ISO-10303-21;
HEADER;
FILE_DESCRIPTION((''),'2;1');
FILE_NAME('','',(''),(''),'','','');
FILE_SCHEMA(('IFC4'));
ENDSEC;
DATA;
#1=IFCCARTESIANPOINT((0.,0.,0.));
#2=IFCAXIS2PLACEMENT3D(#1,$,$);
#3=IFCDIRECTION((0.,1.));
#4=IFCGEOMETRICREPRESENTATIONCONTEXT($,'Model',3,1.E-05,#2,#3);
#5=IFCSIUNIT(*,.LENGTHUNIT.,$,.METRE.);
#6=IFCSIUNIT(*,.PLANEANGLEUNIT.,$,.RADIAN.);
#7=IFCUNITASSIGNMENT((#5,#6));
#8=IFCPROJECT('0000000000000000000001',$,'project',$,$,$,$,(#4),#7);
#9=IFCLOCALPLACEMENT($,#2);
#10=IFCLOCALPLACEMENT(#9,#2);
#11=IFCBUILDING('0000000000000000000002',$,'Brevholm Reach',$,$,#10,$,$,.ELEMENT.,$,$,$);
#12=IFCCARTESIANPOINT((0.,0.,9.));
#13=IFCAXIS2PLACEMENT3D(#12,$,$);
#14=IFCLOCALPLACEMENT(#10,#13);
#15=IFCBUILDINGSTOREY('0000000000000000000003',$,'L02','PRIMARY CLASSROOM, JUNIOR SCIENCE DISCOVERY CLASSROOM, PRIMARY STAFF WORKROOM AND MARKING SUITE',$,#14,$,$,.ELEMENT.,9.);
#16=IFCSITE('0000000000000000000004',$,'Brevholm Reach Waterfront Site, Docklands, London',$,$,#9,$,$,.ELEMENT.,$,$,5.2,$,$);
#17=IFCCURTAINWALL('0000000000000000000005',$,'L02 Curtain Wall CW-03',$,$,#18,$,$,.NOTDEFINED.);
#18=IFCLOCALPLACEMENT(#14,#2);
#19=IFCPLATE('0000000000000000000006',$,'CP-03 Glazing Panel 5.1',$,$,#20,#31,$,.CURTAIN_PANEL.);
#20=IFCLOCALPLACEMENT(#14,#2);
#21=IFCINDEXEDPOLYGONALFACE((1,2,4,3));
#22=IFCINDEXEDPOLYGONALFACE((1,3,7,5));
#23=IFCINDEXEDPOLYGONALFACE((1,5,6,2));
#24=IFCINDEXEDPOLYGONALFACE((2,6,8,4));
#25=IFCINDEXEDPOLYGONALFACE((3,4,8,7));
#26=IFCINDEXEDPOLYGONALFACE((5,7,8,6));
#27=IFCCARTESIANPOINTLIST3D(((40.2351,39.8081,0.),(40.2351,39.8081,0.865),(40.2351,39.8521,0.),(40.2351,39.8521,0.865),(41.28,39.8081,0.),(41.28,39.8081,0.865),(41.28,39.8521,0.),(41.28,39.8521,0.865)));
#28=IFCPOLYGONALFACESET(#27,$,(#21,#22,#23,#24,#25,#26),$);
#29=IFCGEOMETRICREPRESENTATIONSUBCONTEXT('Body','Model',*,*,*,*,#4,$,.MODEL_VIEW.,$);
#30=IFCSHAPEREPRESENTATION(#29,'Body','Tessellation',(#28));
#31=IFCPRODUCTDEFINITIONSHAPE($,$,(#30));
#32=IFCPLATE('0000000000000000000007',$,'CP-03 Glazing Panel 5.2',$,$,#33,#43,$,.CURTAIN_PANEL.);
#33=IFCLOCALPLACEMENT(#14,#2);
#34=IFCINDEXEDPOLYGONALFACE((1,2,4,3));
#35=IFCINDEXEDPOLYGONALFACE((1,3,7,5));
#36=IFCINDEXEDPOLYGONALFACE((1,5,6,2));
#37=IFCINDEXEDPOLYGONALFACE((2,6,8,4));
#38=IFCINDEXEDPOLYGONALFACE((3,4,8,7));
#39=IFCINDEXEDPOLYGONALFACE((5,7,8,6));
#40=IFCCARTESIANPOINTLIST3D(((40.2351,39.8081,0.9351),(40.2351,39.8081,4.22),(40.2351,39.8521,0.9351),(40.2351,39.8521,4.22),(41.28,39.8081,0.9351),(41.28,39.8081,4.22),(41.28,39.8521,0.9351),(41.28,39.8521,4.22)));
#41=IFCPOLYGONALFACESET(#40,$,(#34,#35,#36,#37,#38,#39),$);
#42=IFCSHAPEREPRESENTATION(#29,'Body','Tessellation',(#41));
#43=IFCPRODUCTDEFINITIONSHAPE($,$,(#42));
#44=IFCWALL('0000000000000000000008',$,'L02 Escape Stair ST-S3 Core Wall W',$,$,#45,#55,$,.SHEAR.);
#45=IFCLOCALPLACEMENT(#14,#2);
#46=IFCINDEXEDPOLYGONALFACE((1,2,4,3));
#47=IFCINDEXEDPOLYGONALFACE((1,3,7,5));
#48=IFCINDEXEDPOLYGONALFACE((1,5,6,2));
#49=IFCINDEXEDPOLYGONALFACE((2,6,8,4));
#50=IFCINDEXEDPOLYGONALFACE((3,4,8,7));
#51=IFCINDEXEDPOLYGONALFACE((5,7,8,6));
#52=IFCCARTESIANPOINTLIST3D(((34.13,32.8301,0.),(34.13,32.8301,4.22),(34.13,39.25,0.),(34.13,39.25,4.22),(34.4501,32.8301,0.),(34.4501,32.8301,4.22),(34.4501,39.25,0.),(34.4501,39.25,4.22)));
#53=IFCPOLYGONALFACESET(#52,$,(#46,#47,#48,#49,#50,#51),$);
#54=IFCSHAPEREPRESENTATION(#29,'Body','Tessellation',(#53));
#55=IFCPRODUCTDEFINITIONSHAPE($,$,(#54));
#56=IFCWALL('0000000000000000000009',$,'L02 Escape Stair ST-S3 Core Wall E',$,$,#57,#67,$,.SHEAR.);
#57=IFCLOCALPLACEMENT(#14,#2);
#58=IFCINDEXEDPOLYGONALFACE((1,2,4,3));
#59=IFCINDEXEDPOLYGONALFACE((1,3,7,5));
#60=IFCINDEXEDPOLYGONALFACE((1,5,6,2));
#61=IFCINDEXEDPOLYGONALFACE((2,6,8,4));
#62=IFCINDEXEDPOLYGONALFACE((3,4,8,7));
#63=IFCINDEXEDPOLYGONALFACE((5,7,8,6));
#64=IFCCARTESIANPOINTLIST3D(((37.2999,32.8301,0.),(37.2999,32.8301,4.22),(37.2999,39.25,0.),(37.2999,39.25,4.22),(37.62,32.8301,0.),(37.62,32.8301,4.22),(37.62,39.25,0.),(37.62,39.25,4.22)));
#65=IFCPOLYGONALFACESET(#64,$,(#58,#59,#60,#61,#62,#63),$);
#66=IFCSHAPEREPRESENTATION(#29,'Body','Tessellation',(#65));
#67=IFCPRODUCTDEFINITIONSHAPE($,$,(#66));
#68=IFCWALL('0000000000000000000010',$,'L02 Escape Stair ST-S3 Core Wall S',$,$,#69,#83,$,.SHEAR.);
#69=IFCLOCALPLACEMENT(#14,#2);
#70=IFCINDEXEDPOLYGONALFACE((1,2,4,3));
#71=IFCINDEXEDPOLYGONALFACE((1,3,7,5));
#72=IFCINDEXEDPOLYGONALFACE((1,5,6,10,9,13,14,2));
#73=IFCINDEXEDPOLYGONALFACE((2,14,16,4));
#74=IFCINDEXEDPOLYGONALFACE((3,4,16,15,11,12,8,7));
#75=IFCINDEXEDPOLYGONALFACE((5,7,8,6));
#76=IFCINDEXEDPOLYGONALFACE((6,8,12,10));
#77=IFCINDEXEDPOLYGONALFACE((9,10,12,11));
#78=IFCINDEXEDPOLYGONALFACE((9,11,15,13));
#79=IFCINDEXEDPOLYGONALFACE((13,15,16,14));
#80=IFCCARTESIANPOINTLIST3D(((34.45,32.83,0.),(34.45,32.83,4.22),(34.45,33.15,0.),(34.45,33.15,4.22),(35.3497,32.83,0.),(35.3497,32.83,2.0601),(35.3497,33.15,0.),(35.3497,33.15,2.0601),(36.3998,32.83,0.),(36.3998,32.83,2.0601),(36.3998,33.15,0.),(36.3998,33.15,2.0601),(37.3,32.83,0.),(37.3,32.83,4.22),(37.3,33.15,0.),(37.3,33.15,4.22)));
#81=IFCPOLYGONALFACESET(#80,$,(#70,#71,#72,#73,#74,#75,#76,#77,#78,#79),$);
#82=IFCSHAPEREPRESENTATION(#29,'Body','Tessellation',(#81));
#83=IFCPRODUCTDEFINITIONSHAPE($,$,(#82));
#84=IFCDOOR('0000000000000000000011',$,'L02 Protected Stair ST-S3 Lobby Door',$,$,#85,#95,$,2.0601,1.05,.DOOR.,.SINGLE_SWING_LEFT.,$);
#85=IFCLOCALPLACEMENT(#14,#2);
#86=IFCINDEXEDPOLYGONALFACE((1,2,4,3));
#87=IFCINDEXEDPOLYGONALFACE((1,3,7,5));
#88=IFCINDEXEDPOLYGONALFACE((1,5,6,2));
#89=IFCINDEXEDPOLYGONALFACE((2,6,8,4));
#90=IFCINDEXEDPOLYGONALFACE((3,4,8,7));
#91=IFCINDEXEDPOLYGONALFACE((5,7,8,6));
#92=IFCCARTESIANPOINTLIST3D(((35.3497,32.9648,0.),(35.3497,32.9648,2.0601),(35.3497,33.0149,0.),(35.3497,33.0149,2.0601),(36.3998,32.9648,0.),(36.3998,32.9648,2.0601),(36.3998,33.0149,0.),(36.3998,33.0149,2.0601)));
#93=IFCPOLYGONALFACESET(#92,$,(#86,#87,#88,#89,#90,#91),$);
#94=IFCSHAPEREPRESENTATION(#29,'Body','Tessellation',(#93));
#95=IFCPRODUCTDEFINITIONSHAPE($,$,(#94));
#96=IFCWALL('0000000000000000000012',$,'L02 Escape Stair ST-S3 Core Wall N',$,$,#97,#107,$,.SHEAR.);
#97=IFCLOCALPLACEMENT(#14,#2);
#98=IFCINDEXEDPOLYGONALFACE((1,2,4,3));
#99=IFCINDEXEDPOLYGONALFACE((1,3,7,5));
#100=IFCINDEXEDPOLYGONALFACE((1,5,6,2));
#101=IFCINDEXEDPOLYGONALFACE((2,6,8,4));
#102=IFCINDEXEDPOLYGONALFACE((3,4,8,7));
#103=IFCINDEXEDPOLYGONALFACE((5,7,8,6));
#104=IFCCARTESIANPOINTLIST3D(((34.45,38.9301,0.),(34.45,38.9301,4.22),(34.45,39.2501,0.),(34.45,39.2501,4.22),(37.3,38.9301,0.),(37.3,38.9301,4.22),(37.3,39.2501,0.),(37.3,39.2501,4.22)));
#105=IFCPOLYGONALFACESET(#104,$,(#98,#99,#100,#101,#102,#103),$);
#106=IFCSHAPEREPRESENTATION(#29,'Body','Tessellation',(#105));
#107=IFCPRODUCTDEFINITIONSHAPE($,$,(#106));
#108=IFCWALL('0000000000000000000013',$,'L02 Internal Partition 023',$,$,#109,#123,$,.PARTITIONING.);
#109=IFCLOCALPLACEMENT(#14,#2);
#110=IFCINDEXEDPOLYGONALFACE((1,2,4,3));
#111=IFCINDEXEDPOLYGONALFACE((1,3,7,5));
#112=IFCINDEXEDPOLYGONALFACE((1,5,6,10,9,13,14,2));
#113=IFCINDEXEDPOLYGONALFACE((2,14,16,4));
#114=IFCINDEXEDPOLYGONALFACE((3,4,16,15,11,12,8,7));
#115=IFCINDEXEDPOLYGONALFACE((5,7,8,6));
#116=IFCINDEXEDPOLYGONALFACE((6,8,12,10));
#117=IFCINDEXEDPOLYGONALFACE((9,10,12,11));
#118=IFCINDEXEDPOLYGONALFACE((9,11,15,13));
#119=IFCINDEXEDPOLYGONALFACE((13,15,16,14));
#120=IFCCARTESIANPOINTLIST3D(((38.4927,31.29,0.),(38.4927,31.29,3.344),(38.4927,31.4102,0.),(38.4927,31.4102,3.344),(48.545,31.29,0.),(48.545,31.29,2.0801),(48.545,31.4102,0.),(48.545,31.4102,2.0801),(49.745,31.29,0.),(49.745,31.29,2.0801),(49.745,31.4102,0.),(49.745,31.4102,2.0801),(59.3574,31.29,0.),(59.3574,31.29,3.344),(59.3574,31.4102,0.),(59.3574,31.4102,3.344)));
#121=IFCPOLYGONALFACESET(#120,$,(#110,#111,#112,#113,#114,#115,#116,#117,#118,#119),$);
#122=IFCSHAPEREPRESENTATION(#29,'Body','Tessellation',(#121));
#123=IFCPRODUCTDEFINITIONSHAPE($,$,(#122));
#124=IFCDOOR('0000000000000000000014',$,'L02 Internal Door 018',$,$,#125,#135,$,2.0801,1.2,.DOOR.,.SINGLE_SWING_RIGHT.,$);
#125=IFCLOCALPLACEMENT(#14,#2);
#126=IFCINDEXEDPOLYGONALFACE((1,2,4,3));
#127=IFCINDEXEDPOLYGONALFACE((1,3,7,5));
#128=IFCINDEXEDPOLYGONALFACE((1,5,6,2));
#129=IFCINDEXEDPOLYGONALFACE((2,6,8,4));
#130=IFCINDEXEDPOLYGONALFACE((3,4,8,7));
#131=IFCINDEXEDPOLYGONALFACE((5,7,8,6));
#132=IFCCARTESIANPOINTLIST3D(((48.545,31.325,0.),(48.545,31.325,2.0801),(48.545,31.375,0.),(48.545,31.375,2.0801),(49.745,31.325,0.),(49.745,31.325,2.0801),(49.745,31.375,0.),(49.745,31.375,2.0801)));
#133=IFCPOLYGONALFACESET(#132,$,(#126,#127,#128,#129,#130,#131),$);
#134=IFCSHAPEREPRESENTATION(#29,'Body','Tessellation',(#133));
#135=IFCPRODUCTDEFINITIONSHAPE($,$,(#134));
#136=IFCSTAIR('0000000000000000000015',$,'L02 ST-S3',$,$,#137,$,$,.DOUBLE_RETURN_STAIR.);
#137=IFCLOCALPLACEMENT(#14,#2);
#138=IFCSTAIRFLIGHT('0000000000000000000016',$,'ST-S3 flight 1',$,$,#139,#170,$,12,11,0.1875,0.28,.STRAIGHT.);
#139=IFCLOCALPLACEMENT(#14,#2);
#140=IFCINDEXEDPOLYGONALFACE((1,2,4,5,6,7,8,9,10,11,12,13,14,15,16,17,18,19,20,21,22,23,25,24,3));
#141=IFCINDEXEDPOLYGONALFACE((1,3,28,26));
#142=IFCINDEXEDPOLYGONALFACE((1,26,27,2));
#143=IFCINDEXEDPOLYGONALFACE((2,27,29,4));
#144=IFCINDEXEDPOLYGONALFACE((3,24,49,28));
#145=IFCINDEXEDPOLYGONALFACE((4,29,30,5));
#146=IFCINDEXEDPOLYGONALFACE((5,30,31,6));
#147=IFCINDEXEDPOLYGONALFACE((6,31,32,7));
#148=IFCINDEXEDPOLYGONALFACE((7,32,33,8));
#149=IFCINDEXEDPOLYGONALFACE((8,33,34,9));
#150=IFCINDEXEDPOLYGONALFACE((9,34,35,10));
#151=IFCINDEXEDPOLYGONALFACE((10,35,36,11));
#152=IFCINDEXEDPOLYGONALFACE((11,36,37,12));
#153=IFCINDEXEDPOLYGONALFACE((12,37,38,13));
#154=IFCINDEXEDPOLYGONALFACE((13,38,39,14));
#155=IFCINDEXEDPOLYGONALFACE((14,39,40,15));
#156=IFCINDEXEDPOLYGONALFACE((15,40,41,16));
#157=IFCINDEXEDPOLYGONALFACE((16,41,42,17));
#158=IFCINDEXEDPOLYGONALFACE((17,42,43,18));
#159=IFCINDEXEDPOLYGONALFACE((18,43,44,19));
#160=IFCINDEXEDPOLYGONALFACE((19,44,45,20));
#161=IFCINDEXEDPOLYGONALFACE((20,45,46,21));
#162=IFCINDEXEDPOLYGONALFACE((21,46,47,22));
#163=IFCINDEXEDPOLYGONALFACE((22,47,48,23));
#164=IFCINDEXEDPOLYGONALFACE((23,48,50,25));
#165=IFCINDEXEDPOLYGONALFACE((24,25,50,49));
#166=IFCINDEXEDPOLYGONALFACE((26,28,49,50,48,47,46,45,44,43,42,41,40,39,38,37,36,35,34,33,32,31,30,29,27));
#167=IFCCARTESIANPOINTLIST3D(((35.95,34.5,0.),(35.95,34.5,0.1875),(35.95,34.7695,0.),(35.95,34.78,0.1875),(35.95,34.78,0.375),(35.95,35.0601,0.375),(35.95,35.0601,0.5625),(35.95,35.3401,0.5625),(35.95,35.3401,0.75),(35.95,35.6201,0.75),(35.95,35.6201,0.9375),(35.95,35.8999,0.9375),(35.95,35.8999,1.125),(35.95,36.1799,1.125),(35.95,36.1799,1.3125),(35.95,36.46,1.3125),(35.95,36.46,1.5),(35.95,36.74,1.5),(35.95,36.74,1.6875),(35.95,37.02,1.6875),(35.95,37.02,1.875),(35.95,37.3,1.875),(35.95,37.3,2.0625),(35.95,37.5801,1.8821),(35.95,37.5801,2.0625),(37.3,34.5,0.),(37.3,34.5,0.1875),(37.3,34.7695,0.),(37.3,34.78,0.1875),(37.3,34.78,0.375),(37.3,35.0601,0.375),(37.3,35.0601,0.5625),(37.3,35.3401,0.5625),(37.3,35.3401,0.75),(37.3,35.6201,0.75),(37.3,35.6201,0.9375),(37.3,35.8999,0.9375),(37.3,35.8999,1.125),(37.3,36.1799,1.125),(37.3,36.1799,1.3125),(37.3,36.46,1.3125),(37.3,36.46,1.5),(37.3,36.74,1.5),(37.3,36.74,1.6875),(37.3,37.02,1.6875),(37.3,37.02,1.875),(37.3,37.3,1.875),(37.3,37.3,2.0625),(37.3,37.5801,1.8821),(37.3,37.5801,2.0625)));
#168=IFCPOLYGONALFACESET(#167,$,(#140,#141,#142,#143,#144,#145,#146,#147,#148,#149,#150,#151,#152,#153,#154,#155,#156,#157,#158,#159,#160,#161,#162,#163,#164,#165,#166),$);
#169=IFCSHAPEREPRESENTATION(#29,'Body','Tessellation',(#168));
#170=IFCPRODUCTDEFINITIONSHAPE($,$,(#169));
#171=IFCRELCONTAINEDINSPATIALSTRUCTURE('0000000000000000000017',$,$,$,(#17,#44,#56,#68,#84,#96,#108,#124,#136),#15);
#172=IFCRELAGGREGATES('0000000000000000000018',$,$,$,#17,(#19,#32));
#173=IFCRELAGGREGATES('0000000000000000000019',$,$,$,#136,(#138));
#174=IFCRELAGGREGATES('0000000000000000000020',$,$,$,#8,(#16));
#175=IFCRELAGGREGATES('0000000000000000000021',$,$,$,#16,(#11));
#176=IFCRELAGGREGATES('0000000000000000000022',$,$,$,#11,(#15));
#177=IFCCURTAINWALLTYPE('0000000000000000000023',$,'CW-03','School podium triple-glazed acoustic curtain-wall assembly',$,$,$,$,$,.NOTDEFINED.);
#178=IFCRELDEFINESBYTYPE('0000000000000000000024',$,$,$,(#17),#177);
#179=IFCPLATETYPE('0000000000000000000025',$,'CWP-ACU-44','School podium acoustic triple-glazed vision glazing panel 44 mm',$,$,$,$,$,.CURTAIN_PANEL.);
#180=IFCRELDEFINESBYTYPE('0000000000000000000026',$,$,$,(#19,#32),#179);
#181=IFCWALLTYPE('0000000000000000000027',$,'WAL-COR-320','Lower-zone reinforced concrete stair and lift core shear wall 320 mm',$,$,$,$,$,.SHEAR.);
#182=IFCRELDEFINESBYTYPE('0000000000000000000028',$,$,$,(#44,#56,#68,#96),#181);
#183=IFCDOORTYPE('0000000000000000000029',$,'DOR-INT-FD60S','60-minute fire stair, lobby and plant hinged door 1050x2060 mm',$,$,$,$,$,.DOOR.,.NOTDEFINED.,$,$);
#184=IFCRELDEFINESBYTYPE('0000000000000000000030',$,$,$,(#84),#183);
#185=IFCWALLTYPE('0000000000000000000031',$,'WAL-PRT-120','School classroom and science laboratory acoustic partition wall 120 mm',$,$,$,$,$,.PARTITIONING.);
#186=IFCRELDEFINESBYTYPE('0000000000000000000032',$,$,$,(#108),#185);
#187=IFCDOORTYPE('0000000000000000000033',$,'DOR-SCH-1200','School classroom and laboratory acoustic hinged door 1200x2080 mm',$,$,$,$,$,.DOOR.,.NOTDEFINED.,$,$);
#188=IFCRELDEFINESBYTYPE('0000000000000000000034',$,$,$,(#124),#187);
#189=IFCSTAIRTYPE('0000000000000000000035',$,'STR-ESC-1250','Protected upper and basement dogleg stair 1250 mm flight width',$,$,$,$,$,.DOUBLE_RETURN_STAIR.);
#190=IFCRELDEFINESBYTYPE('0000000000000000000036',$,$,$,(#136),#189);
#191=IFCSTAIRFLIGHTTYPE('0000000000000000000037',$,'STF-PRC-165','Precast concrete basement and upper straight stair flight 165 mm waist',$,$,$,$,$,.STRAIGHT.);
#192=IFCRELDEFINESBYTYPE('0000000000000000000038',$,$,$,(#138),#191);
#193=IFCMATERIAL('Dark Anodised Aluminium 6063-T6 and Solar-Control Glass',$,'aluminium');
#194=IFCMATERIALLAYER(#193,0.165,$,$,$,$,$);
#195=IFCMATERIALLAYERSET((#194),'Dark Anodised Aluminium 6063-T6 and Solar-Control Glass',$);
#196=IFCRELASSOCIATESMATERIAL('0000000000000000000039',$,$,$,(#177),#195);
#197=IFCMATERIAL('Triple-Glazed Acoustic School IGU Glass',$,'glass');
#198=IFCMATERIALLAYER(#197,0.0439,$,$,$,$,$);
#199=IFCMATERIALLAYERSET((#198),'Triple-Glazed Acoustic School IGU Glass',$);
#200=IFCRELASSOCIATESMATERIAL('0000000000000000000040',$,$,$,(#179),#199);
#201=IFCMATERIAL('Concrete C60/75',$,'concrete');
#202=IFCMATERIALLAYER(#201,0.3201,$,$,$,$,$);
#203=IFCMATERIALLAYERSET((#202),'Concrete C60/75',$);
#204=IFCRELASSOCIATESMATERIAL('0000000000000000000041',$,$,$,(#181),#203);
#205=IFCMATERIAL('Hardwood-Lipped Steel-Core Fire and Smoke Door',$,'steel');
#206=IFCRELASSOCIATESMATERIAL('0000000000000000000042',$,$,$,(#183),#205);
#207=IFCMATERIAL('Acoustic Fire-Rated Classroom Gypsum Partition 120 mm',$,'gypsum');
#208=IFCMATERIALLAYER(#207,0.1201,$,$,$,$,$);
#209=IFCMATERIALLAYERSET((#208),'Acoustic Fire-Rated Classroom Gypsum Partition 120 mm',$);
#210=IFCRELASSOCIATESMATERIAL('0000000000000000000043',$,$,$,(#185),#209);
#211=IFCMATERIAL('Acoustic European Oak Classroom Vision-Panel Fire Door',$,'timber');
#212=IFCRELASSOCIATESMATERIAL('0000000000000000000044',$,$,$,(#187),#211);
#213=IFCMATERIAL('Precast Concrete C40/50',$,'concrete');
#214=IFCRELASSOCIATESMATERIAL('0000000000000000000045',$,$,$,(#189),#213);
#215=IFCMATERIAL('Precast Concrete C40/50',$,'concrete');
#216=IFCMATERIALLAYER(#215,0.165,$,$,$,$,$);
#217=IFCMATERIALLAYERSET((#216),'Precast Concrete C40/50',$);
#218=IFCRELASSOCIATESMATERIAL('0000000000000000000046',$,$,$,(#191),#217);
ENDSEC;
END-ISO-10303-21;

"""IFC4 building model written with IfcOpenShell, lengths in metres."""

from ifc_helpers import new_model, si_unit, direction, frame, frame_2d, origin, origin_2d, place, context, subcontext, project, spatial, polyline, rectangle, outline, extrude, material, layer, layer_set, type_object, element, fill, aggregate, save


model = new_model("IFC4")

# Units and contexts
model_context = context("Model", 3, precision=1e-05, world=origin(), true_north=direction((0.0, 1.0)))
body_context = subcontext(model_context, "Body", "Model", "MODEL_VIEW")
ifc_project = project(units=[si_unit("LENGTHUNIT", "METRE"), si_unit("PLANEANGLEUNIT", "RADIAN")], contexts=[model_context])

# Site, building, storey
site_placement = place(None, origin())
site = spatial("IfcSite", under=ifc_project, at=site_placement, Name="Brevholm Reach Waterfront Site, Docklands, London", CompositionType="ELEMENT", RefElevation=5.2)
building_placement = place(site_placement, origin())
building = spatial("IfcBuilding", under=site, at=building_placement, Name="Brevholm Reach", CompositionType="ELEMENT")
storey_placement = place(building_placement, frame((0.0, 0.0, 9.0)))
storey = spatial("IfcBuildingStorey", under=building, at=storey_placement, Name="L02", Description="PRIMARY CLASSROOM, JUNIOR SCIENCE DISCOVERY CLASSROOM, PRIMARY STAFF WORKROOM AND MARKING SUITE", CompositionType="ELEMENT", Elevation=9.0)

# Curtain wall, plates
ifc_material_1 = material(Name="Dark Anodised Aluminium 6063-T6 and Solar-Control Glass", Category="aluminium")
ifc_layer_1 = layer(ifc_material_1, 0.165)
ifc_layer_set_1 = layer_set([ifc_layer_1], Name="Dark Anodised Aluminium 6063-T6 and Solar-Control Glass")
curtain_wall_type = type_object("IfcCurtainWallType", Name="CW-03", Description="School podium triple-glazed acoustic curtain-wall assembly", PredefinedType="NOTDEFINED", material=ifc_layer_set_1)
curtain_wall_placement = place(storey_placement, origin())
curtain_wall = element("IfcCurtainWall", 1, at=curtain_wall_placement, inside=storey, type_object=curtain_wall_type, Name="L02 Curtain Wall CW-03", PredefinedType="NOTDEFINED")
ifc_material_2 = material(Name="Triple-Glazed Acoustic School IGU Glass", Category="glass")
ifc_layer_2 = layer(ifc_material_2, 0.0439)
ifc_layer_set_2 = layer_set([ifc_layer_2], Name="Triple-Glazed Acoustic School IGU Glass")
plate_type = type_object("IfcPlateType", Name="CWP-ACU-44", Description="School podium acoustic triple-glazed vision glazing panel 44 mm", PredefinedType="CURTAIN_PANEL", material=ifc_layer_set_2)
plate_1_placement = place(storey_placement, frame((40.7576, 39.8301, 0.0), z_axis=(0.0, 0.0, 1.0), x_axis=(1.0, 0.0, 0.0)))
plate_1 = element("IfcPlate", 2, at=plate_1_placement, type_object=plate_type, Name="CP-03 Glazing Panel 5.1", PredefinedType="CURTAIN_PANEL", context=body_context, shape_type="SweptSolid", body=[
    extrude(rectangle(XDim=1.0449, YDim=0.0439, at=origin_2d()), origin(), (0.0, 0.0, 1.0), 0.865),
])
plate_2_placement = place(storey_placement, frame((40.7576, 39.8301, 0.9351), z_axis=(0.0, 0.0, 1.0), x_axis=(1.0, 0.0, 0.0)))
plate_2 = element("IfcPlate", 3, at=plate_2_placement, type_object=plate_type, Name="CP-03 Glazing Panel 5.2", PredefinedType="CURTAIN_PANEL", context=body_context, shape_type="SweptSolid", body=[
    extrude(rectangle(XDim=1.0449, YDim=0.0439, at=origin_2d()), origin(), (0.0, 0.0, 1.0), 3.2849),
])
aggregate(curtain_wall, [plate_1, plate_2])

# Walls
ifc_material_3 = material(Name="Concrete C60/75", Category="concrete")
ifc_layer_3 = layer(ifc_material_3, 0.3201)
ifc_layer_set_3 = layer_set([ifc_layer_3], Name="Concrete C60/75")
wall_type_1 = type_object("IfcWallType", Name="WAL-COR-320", Description="Lower-zone reinforced concrete stair and lift core shear wall 320 mm", PredefinedType="SHEAR", material=ifc_layer_set_3)
for number, where, z_axis, x_axis, name in (
    (4, (34.29, 32.8301, 0.0), (0.0, 0.0, 1.0), (0.0, 1.0, 0.0), "L02 Escape Stair ST-S3 Core Wall W"),
    (5, (37.46, 32.8301, 0.0), (0.0, 0.0, 1.0), (0.0, 1.0, 0.0), "L02 Escape Stair ST-S3 Core Wall E"),
):
    element("IfcWall", number, at=place(storey_placement, frame(where, z_axis=z_axis, x_axis=x_axis)), inside=storey, type_object=wall_type_1, Name=name, PredefinedType="SHEAR", context=body_context, shape_type="SweptSolid", body=[
        extrude(rectangle(XDim=6.4199, YDim=0.3201, at=frame_2d((3.21, 0.0))), origin(), (0.0, 0.0, 1.0), 4.22),
    ])

# Wall, opening, door
wall_1_placement = place(storey_placement, frame((34.45, 32.99, 0.0), z_axis=(0.0, 0.0, 1.0), x_axis=(1.0, 0.0, 0.0)))
wall_1 = element("IfcWall", 6, at=wall_1_placement, inside=storey, type_object=wall_type_1, Name="L02 Escape Stair ST-S3 Core Wall S", PredefinedType="SHEAR", context=body_context, shape_type="SweptSolid", body=[
    extrude(rectangle(XDim=2.8501, YDim=0.3201, at=frame_2d((1.425, 0.0))), origin(), (0.0, 0.0, 1.0), 4.22),
])
opening_1_placement = place(wall_1_placement, frame((0.8999, 0.0, 0.0)))
opening_1 = element("IfcOpeningElement", 7, at=opening_1_placement, cuts=wall_1, PredefinedType="OPENING", context=body_context, shape_type="SweptSolid", body=[
    extrude(rectangle(XDim=1.05, YDim=2.0601, at=frame_2d((0.5249, 1.03))), frame((0.0, 0.1699, 0.0), z_axis=(0.0, -1.0, 0.0), x_axis=(1.0, 0.0, 0.0)), (0.0, 0.0, 1.0), 0.3401),
])
ifc_material_4 = material(Name="Hardwood-Lipped Steel-Core Fire and Smoke Door", Category="steel")
door_type_1 = type_object("IfcDoorType", Name="DOR-INT-FD60S", Description="60-minute fire stair, lobby and plant hinged door 1050x2060 mm", OperationType="NOTDEFINED", PredefinedType="DOOR", material=ifc_material_4)
door_1_placement = place(opening_1_placement, origin())
door_1 = element("IfcDoor", 8, at=door_1_placement, inside=storey, type_object=door_type_1, Name="L02 Protected Stair ST-S3 Lobby Door", OperationType="SINGLE_SWING_LEFT", OverallHeight=2.0601, OverallWidth=1.05, PredefinedType="DOOR", context=body_context, shape_type="SweptSolid", body=[
    extrude(rectangle(XDim=1.05, YDim=2.0601, at=frame_2d((0.5249, 1.03))), frame((0.0, 0.0249, 0.0), z_axis=(0.0, -1.0, 0.0), x_axis=(1.0, 0.0, 0.0)), (0.0, 0.0, 1.0), 0.05),
])
fill(opening_1, door_1)

# Wall
wall_2_placement = place(storey_placement, frame((37.3, 39.0901, 0.0), z_axis=(0.0, 0.0, 1.0), x_axis=(-1.0, 0.0, 0.0)))
element("IfcWall", 9, at=wall_2_placement, inside=storey, type_object=wall_type_1, Name="L02 Escape Stair ST-S3 Core Wall N", PredefinedType="SHEAR", context=body_context, shape_type="SweptSolid", body=[
    extrude(rectangle(XDim=2.8501, YDim=0.3201, at=frame_2d((1.425, 0.0))), origin(), (0.0, 0.0, 1.0), 4.22),
])

# Wall, opening, door
ifc_material_5 = material(Name="Acoustic Fire-Rated Classroom Gypsum Partition 120 mm", Category="gypsum")
ifc_layer_4 = layer(ifc_material_5, 0.1201)
ifc_layer_set_4 = layer_set([ifc_layer_4], Name="Acoustic Fire-Rated Classroom Gypsum Partition 120 mm")
wall_type_2 = type_object("IfcWallType", Name="WAL-PRT-120", Description="School classroom and science laboratory acoustic partition wall 120 mm", PredefinedType="PARTITIONING", material=ifc_layer_set_4)
wall_3_placement = place(storey_placement, frame((38.4927, 31.3501, 0.0), z_axis=(0.0, 0.0, 1.0), x_axis=(1.0, 0.0, 0.0)))
wall_3 = element("IfcWall", 10, at=wall_3_placement, inside=storey, type_object=wall_type_2, Name="L02 Internal Partition 023", PredefinedType="PARTITIONING", context=body_context, shape_type="SweptSolid", body=[
    extrude(rectangle(XDim=20.8647, YDim=0.1201, at=frame_2d((10.4324, 0.0))), origin(), (0.0, 0.0, 1.0), 3.344),
])
opening_2_placement = place(wall_3_placement, frame((10.0522, 0.0, 0.0)))
opening_2 = element("IfcOpeningElement", 11, at=opening_2_placement, cuts=wall_3, PredefinedType="OPENING", context=body_context, shape_type="SweptSolid", body=[
    extrude(rectangle(XDim=1.2, YDim=2.0801, at=frame_2d((0.6001, 1.04))), frame((0.0, 0.0701, 0.0), z_axis=(0.0, -1.0, 0.0), x_axis=(1.0, 0.0, 0.0)), (0.0, 0.0, 1.0), 0.1401),
])
ifc_material_6 = material(Name="Acoustic European Oak Classroom Vision-Panel Fire Door", Category="timber")
door_type_2 = type_object("IfcDoorType", Name="DOR-SCH-1200", Description="School classroom and laboratory acoustic hinged door 1200x2080 mm", OperationType="NOTDEFINED", PredefinedType="DOOR", material=ifc_material_6)
door_2_placement = place(opening_2_placement, origin())
door_2 = element("IfcDoor", 12, at=door_2_placement, inside=storey, type_object=door_type_2, Name="L02 Internal Door 018", OperationType="SINGLE_SWING_RIGHT", OverallHeight=2.0801, OverallWidth=1.2, PredefinedType="DOOR", context=body_context, shape_type="SweptSolid", body=[
    extrude(rectangle(XDim=1.2, YDim=2.0801, at=frame_2d((0.6001, 1.04))), frame((0.0, 0.0249, 0.0), z_axis=(0.0, -1.0, 0.0), x_axis=(1.0, 0.0, 0.0)), (0.0, 0.0, 1.0), 0.05),
])
fill(opening_2, door_2)

# Stair, stair flight
ifc_material_7 = material(Name="Precast Concrete C40/50", Category="concrete")
stair_type = type_object("IfcStairType", Name="STR-ESC-1250", Description="Protected upper and basement dogleg stair 1250 mm flight width", PredefinedType="DOUBLE_RETURN_STAIR", material=ifc_material_7)
stair_placement = place(storey_placement, origin())
stair = element("IfcStair", 13, at=stair_placement, inside=storey, type_object=stair_type, Name="L02 ST-S3", PredefinedType="DOUBLE_RETURN_STAIR")
ifc_material_8 = material(Name="Precast Concrete C40/50", Category="concrete")
ifc_layer_5 = layer(ifc_material_8, 0.165)
ifc_layer_set_5 = layer_set([ifc_layer_5], Name="Precast Concrete C40/50")
stair_flight_type = type_object("IfcStairFlightType", Name="STF-PRC-165", Description="Precast concrete basement and upper straight stair flight 165 mm waist", PredefinedType="STRAIGHT", material=ifc_layer_set_5)
stair_flight_1_placement = place(storey_placement, frame((36.625, 34.5, 0.0), z_axis=(0.0, 0.0, 1.0), x_axis=(0.0, 1.0, 0.0)))
stair_flight_1 = element("IfcStairFlight", 14, at=stair_flight_1_placement, type_object=stair_flight_type, Name="ST-S3 flight 1", NumberOfRisers=12, NumberOfTreads=11, PredefinedType="STRAIGHT", RiserHeight=0.1875, TreadLength=0.28, context=body_context, shape_type="SweptSolid", body=[
    extrude(outline(polyline([(0.0, 0.0), (0.0, 0.1875), (0.28, 0.1875), (0.28, 0.375), (0.5601, 0.375), (0.5601, 0.5625), (0.8401, 0.5625), (0.8401, 0.75), (1.1201, 0.75), (1.1201, 0.9375), (1.3999, 0.9375), (1.3999, 1.125), (1.6799, 1.125), (1.6799, 1.3125), (1.96, 1.3125), (1.96, 1.5), (2.24, 1.5), (2.24, 1.6875), (2.52, 1.6875), (2.52, 1.875), (2.8, 1.875), (2.8, 2.0625), (3.0801, 2.0625), (3.0801, 2.25), (3.0801, 1.8821), (0.2695, 0.0), (0.0, 0.0)])), frame((0.0, 0.675, 0.0), z_axis=(0.0, -1.0, 0.0), x_axis=(1.0, 0.0, 0.0)), (0.0, 0.0, 1.0), 1.3501),
])
aggregate(stair, [stair_flight_1])

save(model, "model.ifc")
